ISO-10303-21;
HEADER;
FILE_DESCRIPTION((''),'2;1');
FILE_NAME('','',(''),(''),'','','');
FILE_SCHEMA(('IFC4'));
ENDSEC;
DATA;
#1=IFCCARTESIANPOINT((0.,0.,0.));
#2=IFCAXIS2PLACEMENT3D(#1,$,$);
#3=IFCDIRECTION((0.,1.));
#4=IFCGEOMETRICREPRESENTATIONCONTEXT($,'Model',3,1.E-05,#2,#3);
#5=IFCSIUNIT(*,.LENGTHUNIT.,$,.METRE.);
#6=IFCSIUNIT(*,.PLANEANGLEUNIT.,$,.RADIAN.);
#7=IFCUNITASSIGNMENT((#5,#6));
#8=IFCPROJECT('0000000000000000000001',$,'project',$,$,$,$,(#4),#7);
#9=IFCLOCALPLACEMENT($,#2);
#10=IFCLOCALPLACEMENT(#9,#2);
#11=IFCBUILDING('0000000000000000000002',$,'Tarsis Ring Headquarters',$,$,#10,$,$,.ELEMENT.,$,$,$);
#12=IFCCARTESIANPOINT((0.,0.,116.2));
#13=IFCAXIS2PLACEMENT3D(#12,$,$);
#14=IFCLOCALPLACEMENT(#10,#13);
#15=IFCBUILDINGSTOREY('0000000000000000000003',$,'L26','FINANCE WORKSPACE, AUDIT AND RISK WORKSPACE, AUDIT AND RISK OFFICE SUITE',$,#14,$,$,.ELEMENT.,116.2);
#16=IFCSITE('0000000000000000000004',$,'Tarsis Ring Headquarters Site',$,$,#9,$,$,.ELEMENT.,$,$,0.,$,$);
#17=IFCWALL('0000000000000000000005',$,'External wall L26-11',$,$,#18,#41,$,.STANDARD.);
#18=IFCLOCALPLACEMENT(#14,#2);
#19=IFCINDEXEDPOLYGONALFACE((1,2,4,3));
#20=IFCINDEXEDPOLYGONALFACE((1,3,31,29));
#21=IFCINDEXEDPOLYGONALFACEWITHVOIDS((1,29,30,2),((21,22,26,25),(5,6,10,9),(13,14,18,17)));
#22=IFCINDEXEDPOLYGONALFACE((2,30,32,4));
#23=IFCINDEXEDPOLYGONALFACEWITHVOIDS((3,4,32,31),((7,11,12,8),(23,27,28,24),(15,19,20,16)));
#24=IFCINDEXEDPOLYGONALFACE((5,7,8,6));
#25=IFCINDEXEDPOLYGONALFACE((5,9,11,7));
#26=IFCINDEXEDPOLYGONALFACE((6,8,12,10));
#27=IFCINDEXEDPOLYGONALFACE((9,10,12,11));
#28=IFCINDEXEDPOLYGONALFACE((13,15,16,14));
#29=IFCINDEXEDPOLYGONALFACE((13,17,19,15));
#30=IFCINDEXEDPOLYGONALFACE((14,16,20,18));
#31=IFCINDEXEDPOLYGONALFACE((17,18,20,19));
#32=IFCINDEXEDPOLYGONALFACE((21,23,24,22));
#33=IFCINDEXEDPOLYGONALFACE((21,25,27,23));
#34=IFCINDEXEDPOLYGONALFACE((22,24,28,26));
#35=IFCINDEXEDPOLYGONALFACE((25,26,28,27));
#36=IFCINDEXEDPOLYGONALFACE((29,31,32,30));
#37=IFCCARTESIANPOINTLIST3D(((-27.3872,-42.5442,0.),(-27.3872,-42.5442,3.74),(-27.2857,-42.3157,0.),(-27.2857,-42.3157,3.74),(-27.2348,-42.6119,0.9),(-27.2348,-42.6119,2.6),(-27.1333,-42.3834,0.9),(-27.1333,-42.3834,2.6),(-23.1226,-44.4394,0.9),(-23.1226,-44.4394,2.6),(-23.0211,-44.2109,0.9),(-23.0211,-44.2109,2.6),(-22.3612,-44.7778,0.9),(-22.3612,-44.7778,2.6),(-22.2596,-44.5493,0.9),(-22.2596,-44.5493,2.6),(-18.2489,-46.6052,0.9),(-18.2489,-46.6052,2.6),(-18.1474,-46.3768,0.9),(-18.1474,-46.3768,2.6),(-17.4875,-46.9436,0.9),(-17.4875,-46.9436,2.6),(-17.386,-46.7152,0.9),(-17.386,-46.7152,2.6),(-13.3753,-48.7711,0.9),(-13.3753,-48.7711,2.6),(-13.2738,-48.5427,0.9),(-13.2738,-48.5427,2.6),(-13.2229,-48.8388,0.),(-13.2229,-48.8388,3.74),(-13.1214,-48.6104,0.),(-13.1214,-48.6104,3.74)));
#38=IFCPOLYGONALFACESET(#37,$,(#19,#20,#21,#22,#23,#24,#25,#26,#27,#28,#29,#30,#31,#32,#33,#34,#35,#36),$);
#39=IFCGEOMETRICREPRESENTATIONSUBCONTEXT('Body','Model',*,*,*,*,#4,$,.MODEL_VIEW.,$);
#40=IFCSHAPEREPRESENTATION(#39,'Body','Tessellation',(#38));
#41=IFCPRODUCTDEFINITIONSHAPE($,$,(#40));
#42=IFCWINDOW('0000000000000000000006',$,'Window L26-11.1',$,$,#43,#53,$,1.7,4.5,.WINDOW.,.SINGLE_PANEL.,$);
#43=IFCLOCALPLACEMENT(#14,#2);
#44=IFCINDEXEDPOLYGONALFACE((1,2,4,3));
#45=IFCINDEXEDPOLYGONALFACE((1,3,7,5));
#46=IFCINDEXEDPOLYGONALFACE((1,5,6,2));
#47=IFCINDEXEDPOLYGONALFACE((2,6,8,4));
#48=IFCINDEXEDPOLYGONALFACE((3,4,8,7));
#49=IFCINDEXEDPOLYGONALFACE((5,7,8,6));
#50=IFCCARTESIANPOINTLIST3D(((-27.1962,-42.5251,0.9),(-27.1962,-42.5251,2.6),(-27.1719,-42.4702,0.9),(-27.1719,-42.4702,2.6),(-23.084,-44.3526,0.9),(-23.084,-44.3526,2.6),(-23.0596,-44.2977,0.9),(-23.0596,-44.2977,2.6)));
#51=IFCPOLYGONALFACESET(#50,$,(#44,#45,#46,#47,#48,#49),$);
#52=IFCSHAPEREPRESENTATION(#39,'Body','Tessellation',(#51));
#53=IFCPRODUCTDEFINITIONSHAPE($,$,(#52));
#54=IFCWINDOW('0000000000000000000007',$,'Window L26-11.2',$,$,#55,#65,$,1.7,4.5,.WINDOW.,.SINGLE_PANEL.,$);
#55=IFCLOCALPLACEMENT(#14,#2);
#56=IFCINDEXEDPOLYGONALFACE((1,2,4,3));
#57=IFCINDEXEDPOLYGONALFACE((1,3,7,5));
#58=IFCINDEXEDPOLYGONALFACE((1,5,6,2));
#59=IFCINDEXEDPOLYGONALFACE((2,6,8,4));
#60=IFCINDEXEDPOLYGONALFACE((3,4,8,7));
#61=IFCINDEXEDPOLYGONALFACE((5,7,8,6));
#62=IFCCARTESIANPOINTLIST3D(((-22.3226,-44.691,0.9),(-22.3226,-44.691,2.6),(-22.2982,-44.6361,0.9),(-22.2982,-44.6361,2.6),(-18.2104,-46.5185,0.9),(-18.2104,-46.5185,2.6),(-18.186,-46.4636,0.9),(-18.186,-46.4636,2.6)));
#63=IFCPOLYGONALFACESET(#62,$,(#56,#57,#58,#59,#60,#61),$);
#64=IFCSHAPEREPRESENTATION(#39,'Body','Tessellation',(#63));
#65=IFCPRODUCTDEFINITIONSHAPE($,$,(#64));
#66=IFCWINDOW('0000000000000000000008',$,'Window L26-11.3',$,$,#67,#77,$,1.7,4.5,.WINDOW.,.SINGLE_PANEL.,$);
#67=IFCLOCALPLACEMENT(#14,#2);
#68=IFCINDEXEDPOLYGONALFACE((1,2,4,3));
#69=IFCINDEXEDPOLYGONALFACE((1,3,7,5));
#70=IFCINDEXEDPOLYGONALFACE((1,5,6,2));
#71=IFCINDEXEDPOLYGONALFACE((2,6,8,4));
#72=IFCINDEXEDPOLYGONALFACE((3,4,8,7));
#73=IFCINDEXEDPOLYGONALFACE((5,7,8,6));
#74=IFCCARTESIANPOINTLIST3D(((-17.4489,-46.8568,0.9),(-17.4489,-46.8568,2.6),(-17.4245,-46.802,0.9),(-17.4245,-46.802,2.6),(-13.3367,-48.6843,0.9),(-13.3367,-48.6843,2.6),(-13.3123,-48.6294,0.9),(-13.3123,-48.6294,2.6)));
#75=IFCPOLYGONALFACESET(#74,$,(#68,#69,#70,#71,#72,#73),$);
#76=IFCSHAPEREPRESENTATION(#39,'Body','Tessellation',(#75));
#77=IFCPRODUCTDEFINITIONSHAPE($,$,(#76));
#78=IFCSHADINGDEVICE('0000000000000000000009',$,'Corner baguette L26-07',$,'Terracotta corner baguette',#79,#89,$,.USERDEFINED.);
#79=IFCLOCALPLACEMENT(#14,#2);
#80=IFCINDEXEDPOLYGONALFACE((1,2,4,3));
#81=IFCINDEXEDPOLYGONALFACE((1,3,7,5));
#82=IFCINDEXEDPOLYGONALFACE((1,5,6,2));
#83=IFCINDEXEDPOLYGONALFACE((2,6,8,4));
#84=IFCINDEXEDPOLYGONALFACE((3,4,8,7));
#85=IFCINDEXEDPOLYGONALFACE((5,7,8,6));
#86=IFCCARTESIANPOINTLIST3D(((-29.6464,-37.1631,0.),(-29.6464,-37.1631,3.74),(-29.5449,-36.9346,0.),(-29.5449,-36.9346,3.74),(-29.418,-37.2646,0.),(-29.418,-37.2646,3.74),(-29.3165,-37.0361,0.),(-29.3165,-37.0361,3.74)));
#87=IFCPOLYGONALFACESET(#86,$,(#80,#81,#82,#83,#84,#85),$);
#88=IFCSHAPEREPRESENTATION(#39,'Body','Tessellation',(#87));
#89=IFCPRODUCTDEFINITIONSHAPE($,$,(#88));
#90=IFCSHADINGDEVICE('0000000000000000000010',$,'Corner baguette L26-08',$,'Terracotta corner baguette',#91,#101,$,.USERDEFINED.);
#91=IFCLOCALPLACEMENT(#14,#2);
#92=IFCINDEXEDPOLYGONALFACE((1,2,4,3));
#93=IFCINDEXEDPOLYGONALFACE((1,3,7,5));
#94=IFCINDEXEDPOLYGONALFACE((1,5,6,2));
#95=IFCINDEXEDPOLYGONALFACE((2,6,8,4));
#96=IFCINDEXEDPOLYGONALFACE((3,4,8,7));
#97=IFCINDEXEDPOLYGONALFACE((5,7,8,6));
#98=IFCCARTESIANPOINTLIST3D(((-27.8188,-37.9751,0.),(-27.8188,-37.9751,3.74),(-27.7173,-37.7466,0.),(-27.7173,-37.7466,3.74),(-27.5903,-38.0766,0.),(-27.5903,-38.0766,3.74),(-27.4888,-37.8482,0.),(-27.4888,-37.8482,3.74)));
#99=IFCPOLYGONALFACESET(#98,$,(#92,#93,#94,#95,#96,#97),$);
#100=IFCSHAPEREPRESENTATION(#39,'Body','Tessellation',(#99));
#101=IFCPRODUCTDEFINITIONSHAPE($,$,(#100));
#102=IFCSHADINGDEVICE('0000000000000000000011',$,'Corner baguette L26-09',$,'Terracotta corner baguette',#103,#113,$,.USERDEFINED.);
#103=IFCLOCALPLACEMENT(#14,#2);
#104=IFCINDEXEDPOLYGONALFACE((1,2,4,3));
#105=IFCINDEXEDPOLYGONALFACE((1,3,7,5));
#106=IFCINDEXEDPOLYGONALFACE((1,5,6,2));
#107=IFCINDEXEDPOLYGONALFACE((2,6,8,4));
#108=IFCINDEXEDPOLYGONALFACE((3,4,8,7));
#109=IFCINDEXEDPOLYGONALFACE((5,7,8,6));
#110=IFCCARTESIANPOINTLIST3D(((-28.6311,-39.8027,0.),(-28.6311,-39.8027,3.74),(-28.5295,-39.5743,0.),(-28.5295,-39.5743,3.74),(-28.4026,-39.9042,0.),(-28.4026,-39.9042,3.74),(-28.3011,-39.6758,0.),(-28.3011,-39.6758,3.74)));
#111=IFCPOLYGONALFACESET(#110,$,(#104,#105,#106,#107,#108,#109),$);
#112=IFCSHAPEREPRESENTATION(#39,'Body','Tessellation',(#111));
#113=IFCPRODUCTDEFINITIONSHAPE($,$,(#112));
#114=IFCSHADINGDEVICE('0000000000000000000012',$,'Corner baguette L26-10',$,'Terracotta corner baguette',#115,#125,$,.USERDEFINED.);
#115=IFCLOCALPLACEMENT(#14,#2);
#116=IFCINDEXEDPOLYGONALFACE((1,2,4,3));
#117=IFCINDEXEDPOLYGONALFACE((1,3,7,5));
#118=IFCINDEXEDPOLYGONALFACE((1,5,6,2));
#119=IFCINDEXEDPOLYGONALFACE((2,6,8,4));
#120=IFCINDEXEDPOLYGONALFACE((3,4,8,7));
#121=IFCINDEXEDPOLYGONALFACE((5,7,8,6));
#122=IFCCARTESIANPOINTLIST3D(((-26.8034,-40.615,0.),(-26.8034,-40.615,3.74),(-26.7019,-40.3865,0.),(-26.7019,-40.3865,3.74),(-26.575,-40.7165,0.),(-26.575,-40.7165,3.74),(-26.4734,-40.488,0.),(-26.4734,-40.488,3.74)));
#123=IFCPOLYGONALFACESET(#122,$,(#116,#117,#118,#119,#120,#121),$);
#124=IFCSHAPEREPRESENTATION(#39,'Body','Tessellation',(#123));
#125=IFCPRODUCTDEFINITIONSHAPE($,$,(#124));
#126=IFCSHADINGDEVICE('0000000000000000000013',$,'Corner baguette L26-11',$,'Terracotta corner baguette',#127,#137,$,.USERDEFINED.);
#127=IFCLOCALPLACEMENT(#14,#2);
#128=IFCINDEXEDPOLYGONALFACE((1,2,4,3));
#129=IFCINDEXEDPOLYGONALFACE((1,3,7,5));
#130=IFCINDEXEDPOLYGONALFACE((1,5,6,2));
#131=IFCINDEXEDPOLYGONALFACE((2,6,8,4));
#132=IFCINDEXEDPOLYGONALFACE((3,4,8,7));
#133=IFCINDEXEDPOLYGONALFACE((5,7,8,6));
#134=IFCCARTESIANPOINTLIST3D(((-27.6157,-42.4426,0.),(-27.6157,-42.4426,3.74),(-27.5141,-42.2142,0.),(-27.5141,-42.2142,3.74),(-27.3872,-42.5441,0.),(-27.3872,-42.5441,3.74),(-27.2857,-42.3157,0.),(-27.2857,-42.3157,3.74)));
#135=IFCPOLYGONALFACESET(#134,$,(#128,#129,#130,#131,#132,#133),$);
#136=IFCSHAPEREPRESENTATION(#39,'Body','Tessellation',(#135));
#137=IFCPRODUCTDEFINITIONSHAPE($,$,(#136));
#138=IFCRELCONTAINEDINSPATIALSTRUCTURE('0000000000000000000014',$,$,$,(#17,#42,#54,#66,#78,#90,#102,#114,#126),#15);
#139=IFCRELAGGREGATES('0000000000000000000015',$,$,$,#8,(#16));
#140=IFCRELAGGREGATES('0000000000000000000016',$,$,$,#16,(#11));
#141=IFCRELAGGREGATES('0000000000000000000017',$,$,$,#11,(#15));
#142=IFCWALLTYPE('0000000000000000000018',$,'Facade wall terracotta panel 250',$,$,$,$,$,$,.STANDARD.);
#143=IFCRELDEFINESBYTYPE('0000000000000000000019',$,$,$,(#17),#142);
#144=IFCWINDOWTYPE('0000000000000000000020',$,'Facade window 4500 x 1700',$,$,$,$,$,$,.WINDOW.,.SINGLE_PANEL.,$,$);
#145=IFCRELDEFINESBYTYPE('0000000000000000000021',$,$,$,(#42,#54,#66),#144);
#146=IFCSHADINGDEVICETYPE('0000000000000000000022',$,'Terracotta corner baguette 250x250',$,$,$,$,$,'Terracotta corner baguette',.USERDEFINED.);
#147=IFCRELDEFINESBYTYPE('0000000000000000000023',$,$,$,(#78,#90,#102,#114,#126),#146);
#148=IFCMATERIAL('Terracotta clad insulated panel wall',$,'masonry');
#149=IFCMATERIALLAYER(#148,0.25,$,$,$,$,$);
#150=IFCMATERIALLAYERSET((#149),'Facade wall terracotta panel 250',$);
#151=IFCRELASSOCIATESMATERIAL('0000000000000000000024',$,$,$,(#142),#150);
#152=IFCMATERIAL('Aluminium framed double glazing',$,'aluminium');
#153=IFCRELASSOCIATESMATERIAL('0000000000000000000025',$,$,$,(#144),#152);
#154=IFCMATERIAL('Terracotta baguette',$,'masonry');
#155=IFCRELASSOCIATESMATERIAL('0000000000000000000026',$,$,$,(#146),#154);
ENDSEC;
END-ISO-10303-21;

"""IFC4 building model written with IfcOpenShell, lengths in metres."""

from ifc_helpers import new_model, si_unit, direction, frame, frame_2d, origin, origin_2d, place, context, subcontext, project, spatial, rectangle, extrude, material, layer, layer_set, type_object, element, fill, save


model = new_model("IFC4")

# Units and contexts
model_context = context("Model", 3, precision=1e-05, world=origin(), true_north=direction((0.0, 1.0)))
body_context = subcontext(model_context, "Body", "Model", "MODEL_VIEW")
ifc_project = project(units=[si_unit("LENGTHUNIT", "METRE"), si_unit("PLANEANGLEUNIT", "RADIAN")], contexts=[model_context])

# Site, building, storey
site_placement = place(None, origin())
site = spatial("IfcSite", under=ifc_project, at=site_placement, Name="Tarsis Ring Headquarters Site", CompositionType="ELEMENT", RefElevation=0.0)
building_placement = place(site_placement, origin())
building = spatial("IfcBuilding", under=site, at=building_placement, Name="Tarsis Ring Headquarters", CompositionType="ELEMENT")
storey_placement = place(building_placement, frame((0.0, 0.0, 116.2)))
storey = spatial("IfcBuildingStorey", under=building, at=storey_placement, Name="L26", Description="FINANCE WORKSPACE, AUDIT AND RISK WORKSPACE, AUDIT AND RISK OFFICE SUITE", CompositionType="ELEMENT", Elevation=116.2)

# Shared definitions
ifc_material_1 = material(Name="Terracotta clad insulated panel wall", Category="masonry")
ifc_layer_1 = layer(ifc_material_1, 0.25)
ifc_layer_set_1 = layer_set([ifc_layer_1], Name="Facade wall terracotta panel 250")
wall_type_1 = type_object("IfcWallType", Name="Facade wall terracotta panel 250", PredefinedType="STANDARD", material=ifc_layer_set_1)

# Wall, openings, windows
wall_1_placement = place(storey_placement, frame((-27.3364, -42.4299, 0.0), z_axis=(0.0, 0.0, 1.0), x_axis=(0.913825, -0.406108, 0.0)))
wall_1 = element("IfcWall", 1, at=wall_1_placement, inside=storey, type_object=wall_type_1, Name="External wall L26-11", PredefinedType="STANDARD", context=body_context, shape_type="SweptSolid", body=[
    extrude(rectangle(XDim=15.5, YDim=0.25, at=frame_2d((7.75, 0.0))), origin(), (0.0, 0.0, 1.0), 3.74),
])
opening_1_placement = place(wall_1_placement, frame((0.1667, 0.0, 0.8999)))
opening_1 = element("IfcOpeningElement", 2, at=opening_1_placement, cuts=wall_1, PredefinedType="OPENING", context=body_context, shape_type="SweptSolid", body=[
    extrude(rectangle(XDim=4.5, YDim=1.7, at=frame_2d((2.25, 0.8501))), frame((0.0, 0.135, 0.0), z_axis=(0.0, -1.0, 0.0), x_axis=(1.0, 0.0, 0.0)), (0.0, 0.0, 1.0), 0.27),
])
opening_2_placement = place(wall_1_placement, frame((5.5, 0.0, 0.8999)))
opening_2 = element("IfcOpeningElement", 3, at=opening_2_placement, cuts=wall_1, PredefinedType="OPENING", context=body_context, shape_type="SweptSolid", body=[
    extrude(rectangle(XDim=4.5, YDim=1.7, at=frame_2d((2.25, 0.8501))), frame((0.0, 0.135, 0.0), z_axis=(0.0, -1.0, 0.0), x_axis=(1.0, 0.0, 0.0)), (0.0, 0.0, 1.0), 0.27),
])
opening_3_placement = place(wall_1_placement, frame((10.8333, 0.0, 0.8999)))
opening_3 = element("IfcOpeningElement", 4, at=opening_3_placement, cuts=wall_1, PredefinedType="OPENING", context=body_context, shape_type="SweptSolid", body=[
    extrude(rectangle(XDim=4.5, YDim=1.7, at=frame_2d((2.25, 0.8501))), frame((0.0, 0.135, 0.0), z_axis=(0.0, -1.0, 0.0), x_axis=(1.0, 0.0, 0.0)), (0.0, 0.0, 1.0), 0.27),
])
ifc_material_2 = material(Name="Aluminium framed double glazing", Category="aluminium")
window_type = type_object("IfcWindowType", Name="Facade window 4500 x 1700", PartitioningType="SINGLE_PANEL", PredefinedType="WINDOW", material=ifc_material_2)
window_1_placement = place(opening_1_placement, origin())
window_1 = element("IfcWindow", 5, at=window_1_placement, inside=storey, type_object=window_type, Name="Window L26-11.1", OverallHeight=1.7, OverallWidth=4.5, PartitioningType="SINGLE_PANEL", PredefinedType="WINDOW", context=body_context, shape_type="SweptSolid", body=[
    extrude(rectangle(XDim=4.5, YDim=1.7, at=frame_2d((2.25, 0.8501))), frame((0.0, 0.03, 0.0), z_axis=(0.0, -1.0, 0.0), x_axis=(1.0, 0.0, 0.0)), (0.0, 0.0, 1.0), 0.0601),
])
fill(opening_1, window_1)
window_2_placement = place(opening_2_placement, origin())
window_2 = element("IfcWindow", 6, at=window_2_placement, inside=storey, type_object=window_type, Name="Window L26-11.2", OverallHeight=1.7, OverallWidth=4.5, PartitioningType="SINGLE_PANEL", PredefinedType="WINDOW", context=body_context, shape_type="SweptSolid", body=[
    extrude(rectangle(XDim=4.5, YDim=1.7, at=frame_2d((2.25, 0.8501))), frame((0.0, 0.03, 0.0), z_axis=(0.0, -1.0, 0.0), x_axis=(1.0, 0.0, 0.0)), (0.0, 0.0, 1.0), 0.0601),
])
fill(opening_2, window_2)
window_3_placement = place(opening_3_placement, origin())
window_3 = element("IfcWindow", 7, at=window_3_placement, inside=storey, type_object=window_type, Name="Window L26-11.3", OverallHeight=1.7, OverallWidth=4.5, PartitioningType="SINGLE_PANEL", PredefinedType="WINDOW", context=body_context, shape_type="SweptSolid", body=[
    extrude(rectangle(XDim=4.5, YDim=1.7, at=frame_2d((2.25, 0.8501))), frame((0.0, 0.03, 0.0), z_axis=(0.0, -1.0, 0.0), x_axis=(1.0, 0.0, 0.0)), (0.0, 0.0, 1.0), 0.0601),
])
fill(opening_3, window_3)

# Shading devices
ifc_material_3 = material(Name="Terracotta baguette", Category="masonry")
shading_device_type_1 = type_object("IfcShadingDeviceType", Name="Terracotta corner baguette 250x250", ElementType="Terracotta corner baguette", PredefinedType="USERDEFINED", material=ifc_material_3)
for number, where, z_axis, x_axis, name in (
    (8, (-29.4814, -37.0996, 0.0), (0.0, 0.0, 1.0), (-0.406099, -0.913829, 0.0), "Corner baguette L26-07"),
    (9, (-27.6538, -37.9116, 0.0), (0.0, 0.0, 1.0), (0.913829, -0.406098, 0.0), "Corner baguette L26-08"),
    (10, (-28.4661, -39.7393, 0.0), (0.0, 0.0, 1.0), (-0.406099, -0.913829, 0.0), "Corner baguette L26-09"),
    (11, (-26.6384, -40.5515, 0.0), (0.0, 0.0, 1.0), (0.913829, -0.406099, 0.0), "Corner baguette L26-10"),
    (12, (-27.4507, -42.3792, 0.0), (0.0, 0.0, 1.0), (-0.406098, -0.913829, 0.0), "Corner baguette L26-11"),
):
    element("IfcShadingDevice", number, at=place(storey_placement, frame(where, z_axis=z_axis, x_axis=x_axis)), inside=storey, type_object=shading_device_type_1, Name=name, ObjectType="Terracotta corner baguette", PredefinedType="USERDEFINED", context=body_context, shape_type="SweptSolid", body=[
        extrude(rectangle(XDim=0.25, YDim=0.25, at=origin_2d()), origin(), (0.0, 0.0, 1.0), 3.74),
    ])

save(model, "model.ifc")
